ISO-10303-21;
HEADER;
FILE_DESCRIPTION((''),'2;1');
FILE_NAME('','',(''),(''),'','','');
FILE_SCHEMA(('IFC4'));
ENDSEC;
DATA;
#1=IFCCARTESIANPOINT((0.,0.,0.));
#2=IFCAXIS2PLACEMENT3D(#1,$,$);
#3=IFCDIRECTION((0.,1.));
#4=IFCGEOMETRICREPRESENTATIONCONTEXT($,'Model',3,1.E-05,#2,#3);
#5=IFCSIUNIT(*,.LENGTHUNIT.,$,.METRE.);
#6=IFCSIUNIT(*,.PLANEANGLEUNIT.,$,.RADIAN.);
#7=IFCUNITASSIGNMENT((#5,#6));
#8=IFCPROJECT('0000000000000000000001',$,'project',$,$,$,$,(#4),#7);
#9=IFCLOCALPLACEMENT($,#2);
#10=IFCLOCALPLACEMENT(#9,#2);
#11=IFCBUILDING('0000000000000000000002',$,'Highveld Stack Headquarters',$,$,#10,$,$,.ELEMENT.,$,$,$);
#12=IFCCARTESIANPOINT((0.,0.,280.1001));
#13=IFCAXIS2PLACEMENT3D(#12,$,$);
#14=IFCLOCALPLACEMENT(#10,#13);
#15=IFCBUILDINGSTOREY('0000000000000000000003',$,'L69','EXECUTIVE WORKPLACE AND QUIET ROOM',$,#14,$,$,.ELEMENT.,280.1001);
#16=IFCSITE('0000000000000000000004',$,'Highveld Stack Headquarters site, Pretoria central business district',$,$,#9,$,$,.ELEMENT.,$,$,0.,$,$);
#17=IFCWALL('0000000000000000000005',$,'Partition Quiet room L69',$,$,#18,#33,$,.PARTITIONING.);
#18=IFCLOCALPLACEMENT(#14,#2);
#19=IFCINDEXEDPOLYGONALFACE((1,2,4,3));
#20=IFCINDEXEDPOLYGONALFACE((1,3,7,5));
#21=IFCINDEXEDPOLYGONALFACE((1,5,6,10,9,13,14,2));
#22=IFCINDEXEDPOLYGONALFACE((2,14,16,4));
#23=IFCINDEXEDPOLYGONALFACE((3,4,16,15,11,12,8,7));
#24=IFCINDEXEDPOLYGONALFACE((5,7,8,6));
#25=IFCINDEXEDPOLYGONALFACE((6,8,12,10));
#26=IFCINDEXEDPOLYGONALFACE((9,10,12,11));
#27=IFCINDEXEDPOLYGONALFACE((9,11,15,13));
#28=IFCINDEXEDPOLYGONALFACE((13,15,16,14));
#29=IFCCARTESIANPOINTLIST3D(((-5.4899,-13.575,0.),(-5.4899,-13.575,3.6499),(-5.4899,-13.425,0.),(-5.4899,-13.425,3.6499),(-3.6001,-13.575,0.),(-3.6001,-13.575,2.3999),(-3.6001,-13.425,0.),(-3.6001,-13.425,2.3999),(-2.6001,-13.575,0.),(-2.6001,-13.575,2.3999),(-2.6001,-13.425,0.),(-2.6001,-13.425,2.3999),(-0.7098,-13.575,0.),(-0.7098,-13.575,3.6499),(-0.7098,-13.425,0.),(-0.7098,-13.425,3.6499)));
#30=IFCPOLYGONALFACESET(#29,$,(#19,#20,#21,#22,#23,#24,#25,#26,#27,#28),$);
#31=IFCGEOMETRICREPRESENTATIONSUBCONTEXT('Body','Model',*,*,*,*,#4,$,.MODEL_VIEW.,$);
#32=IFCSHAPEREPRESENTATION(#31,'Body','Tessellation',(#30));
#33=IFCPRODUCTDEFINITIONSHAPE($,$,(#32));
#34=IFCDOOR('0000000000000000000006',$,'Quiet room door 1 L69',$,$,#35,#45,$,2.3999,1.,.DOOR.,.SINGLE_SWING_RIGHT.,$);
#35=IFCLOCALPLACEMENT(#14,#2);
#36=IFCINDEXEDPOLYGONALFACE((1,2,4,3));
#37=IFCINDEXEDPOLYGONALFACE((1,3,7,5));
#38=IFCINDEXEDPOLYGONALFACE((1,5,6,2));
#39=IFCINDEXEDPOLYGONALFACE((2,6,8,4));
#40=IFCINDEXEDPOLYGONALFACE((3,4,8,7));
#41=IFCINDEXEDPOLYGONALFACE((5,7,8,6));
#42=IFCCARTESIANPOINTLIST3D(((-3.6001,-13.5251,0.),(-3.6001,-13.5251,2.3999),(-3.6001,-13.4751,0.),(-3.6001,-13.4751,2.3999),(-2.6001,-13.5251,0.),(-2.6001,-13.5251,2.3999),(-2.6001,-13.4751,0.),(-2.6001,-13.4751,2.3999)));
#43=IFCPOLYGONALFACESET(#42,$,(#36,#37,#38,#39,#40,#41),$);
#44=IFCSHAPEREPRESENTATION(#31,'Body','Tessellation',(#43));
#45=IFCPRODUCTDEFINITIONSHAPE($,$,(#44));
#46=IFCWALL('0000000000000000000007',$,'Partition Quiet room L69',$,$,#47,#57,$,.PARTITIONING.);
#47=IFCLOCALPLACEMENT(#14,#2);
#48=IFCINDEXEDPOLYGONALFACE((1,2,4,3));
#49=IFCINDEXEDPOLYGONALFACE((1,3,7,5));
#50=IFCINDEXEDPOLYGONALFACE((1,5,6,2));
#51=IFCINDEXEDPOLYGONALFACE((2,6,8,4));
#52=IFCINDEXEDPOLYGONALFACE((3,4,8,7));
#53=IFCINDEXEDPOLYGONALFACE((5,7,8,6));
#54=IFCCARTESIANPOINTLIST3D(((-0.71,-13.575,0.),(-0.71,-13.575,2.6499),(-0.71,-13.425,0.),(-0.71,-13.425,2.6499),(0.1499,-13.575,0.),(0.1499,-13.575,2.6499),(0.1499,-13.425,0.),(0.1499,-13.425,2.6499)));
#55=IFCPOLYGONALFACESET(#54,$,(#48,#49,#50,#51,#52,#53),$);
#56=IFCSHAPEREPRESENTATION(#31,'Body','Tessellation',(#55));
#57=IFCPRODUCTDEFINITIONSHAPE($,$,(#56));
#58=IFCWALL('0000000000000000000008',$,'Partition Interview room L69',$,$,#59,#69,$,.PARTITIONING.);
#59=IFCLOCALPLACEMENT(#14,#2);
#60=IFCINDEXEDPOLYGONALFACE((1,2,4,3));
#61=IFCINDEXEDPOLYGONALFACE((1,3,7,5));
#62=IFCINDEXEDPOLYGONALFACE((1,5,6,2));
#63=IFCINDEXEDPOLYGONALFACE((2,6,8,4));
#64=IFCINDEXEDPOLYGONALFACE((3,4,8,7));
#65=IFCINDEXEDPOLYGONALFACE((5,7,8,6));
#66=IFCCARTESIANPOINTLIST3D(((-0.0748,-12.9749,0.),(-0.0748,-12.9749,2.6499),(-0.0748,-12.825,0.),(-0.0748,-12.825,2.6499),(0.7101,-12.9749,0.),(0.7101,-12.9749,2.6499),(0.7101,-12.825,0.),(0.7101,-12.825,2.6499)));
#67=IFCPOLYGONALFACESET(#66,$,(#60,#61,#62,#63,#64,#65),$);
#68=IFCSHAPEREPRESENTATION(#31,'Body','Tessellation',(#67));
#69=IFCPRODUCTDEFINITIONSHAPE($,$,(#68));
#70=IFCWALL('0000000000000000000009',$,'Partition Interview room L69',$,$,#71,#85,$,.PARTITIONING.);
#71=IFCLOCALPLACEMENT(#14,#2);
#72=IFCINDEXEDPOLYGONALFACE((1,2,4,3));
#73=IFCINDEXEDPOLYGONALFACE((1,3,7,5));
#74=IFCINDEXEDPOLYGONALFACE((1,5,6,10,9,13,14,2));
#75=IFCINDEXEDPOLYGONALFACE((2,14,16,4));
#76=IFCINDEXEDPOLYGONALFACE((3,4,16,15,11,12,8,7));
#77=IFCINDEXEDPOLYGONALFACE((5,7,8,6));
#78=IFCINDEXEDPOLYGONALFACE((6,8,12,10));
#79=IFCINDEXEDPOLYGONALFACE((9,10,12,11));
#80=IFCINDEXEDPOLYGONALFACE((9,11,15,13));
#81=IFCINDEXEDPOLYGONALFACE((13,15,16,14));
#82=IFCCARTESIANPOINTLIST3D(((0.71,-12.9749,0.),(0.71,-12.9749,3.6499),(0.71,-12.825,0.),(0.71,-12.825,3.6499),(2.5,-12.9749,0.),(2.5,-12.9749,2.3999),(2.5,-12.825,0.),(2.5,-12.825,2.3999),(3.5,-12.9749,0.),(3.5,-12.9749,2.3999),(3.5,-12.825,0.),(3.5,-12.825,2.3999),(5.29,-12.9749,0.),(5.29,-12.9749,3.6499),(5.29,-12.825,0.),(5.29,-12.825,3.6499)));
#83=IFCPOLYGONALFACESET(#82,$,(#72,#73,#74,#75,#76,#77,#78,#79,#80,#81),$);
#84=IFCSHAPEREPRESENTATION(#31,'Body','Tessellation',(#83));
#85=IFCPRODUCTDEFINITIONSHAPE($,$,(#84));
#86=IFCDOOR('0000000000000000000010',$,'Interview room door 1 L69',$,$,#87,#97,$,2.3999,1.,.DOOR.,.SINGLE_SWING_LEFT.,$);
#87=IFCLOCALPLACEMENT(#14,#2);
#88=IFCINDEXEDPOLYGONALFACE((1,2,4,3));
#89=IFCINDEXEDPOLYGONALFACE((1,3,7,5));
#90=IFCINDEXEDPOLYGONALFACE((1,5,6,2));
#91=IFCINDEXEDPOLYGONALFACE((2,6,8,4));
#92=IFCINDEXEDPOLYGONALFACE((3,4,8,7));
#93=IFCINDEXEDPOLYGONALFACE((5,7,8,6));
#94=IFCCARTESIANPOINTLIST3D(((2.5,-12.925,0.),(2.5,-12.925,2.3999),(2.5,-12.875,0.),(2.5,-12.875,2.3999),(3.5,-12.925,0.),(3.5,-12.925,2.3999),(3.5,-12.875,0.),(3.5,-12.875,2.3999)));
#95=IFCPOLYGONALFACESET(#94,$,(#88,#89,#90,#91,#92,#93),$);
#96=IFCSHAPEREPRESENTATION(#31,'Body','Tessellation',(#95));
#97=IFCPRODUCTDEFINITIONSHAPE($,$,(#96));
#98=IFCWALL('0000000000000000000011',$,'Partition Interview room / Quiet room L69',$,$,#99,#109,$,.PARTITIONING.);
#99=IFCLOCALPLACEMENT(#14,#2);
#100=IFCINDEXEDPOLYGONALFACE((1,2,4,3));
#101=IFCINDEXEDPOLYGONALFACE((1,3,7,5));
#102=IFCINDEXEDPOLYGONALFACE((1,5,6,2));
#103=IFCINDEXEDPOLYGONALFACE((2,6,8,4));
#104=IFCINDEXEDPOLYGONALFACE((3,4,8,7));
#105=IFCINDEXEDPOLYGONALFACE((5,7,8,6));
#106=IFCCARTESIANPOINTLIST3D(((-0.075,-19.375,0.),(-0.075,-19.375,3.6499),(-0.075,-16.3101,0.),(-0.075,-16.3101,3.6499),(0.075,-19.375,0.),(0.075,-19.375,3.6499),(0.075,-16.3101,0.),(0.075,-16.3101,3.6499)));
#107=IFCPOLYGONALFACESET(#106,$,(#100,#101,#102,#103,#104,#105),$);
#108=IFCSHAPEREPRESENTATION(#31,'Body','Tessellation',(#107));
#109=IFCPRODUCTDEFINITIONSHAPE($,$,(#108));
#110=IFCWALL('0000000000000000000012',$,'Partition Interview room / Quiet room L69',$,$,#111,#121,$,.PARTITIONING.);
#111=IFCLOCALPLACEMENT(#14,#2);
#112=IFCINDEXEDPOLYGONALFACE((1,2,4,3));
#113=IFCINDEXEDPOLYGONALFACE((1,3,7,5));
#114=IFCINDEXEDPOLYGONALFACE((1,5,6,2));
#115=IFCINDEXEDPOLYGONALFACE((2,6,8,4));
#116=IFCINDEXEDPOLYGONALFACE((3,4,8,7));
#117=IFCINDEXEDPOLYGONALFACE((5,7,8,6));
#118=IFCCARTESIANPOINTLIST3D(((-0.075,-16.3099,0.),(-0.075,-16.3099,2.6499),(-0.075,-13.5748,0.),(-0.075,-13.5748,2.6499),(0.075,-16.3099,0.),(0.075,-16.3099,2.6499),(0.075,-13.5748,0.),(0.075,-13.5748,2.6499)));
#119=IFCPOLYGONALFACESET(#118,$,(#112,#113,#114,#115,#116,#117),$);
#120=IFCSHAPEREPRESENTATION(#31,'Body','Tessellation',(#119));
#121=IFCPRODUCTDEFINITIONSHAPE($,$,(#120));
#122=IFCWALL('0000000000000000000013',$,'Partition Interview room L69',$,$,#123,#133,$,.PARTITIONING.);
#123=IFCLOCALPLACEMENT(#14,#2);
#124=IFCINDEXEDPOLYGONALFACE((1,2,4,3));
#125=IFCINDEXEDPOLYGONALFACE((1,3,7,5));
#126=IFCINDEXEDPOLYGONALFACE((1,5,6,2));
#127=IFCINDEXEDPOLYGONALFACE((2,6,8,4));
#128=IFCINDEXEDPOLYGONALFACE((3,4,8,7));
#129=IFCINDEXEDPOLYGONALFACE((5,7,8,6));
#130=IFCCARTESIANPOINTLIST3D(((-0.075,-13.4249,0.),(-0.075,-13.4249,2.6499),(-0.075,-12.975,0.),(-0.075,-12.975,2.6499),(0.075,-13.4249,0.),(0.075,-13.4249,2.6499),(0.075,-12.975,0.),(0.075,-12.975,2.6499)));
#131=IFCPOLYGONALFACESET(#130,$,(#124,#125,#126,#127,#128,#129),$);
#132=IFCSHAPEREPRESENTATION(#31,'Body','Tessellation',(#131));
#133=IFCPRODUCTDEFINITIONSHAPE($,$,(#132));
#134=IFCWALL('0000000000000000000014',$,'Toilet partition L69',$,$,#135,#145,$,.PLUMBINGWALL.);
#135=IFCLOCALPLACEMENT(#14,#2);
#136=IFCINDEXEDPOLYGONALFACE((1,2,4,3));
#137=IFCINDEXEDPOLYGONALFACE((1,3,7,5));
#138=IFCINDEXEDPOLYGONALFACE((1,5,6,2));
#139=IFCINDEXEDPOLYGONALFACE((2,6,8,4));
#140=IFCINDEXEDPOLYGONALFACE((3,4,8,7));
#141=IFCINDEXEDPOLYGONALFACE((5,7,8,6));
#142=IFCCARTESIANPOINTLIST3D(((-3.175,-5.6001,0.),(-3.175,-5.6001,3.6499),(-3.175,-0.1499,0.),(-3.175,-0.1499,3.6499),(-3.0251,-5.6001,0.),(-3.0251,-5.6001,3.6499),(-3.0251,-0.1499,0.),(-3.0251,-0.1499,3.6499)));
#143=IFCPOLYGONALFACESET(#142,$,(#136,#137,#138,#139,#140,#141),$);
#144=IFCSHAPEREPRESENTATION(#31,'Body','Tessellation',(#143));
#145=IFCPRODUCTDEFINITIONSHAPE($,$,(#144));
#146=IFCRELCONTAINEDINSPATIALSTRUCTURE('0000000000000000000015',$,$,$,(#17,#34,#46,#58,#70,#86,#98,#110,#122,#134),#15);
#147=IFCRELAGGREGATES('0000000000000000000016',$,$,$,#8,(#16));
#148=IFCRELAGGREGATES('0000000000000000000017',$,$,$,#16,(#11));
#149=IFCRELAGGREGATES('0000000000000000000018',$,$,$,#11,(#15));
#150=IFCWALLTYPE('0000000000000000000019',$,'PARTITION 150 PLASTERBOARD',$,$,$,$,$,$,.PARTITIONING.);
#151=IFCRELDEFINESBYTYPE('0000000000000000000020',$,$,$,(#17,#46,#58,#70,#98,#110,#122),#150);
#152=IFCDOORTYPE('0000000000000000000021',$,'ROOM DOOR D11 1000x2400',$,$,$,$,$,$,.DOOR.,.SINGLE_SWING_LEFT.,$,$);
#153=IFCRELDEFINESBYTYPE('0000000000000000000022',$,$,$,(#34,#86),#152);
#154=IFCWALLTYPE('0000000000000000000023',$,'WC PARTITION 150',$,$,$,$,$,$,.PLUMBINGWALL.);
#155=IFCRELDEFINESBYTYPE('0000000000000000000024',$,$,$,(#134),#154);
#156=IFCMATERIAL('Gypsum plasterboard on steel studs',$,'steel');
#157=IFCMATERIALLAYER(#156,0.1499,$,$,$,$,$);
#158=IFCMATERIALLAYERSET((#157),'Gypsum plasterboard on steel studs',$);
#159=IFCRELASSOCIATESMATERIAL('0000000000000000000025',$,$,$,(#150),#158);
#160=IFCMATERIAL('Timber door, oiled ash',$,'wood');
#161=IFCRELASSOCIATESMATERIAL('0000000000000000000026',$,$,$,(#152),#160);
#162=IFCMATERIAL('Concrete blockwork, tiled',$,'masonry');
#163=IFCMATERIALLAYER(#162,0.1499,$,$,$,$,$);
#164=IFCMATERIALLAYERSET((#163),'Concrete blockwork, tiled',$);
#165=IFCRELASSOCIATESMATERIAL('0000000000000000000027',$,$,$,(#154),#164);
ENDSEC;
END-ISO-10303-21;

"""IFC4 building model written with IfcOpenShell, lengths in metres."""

from ifc_helpers import new_model, si_unit, direction, frame, frame_2d, origin, place, context, subcontext, project, spatial, rectangle, extrude, material, layer, layer_set, type_object, element, fill, save


model = new_model("IFC4")

# Units and contexts
model_context = context("Model", 3, precision=1e-05, world=origin(), true_north=direction((0.0, 1.0)))
body_context = subcontext(model_context, "Body", "Model", "MODEL_VIEW")
ifc_project = project(units=[si_unit("LENGTHUNIT", "METRE"), si_unit("PLANEANGLEUNIT", "RADIAN")], contexts=[model_context])

# Site, building, storey
site_placement = place(None, origin())
site = spatial("IfcSite", under=ifc_project, at=site_placement, Name="Highveld Stack Headquarters site, Pretoria central business district", CompositionType="ELEMENT", RefElevation=0.0)
building_placement = place(site_placement, origin())
building = spatial("IfcBuilding", under=site, at=building_placement, Name="Highveld Stack Headquarters", CompositionType="ELEMENT")
storey_placement = place(building_placement, frame((0.0, 0.0, 280.1001)))
storey = spatial("IfcBuildingStorey", under=building, at=storey_placement, Name="L69", Description="EXECUTIVE WORKPLACE AND QUIET ROOM", CompositionType="ELEMENT", Elevation=280.1001)

# Wall, opening, door
ifc_material_1 = material(Name="Gypsum plasterboard on steel studs", Category="steel")
ifc_layer_1 = layer(ifc_material_1, 0.1499)
ifc_layer_set_1 = layer_set([ifc_layer_1], Name="Gypsum plasterboard on steel studs")
wall_type_1 = type_object("IfcWallType", Name="PARTITION 150 PLASTERBOARD", PredefinedType="PARTITIONING", material=ifc_layer_set_1)
wall_1_placement = place(storey_placement, frame((-5.49, -13.5, 0.0), z_axis=(0.0, 0.0, 1.0), x_axis=(1.0, 0.0, 0.0)))
wall_1 = element("IfcWall", 1, at=wall_1_placement, inside=storey, type_object=wall_type_1, Name="Partition Quiet room L69", PredefinedType="PARTITIONING", context=body_context, shape_type="SweptSolid", body=[
    extrude(rectangle(XDim=4.78, YDim=0.1499, at=frame_2d((2.3901, 0.0))), origin(), (0.0, 0.0, 1.0), 3.6499),
])
opening_1_placement = place(wall_1_placement, frame((1.8899, 0.0, 0.0)))
opening_1 = element("IfcOpeningElement", 2, at=opening_1_placement, cuts=wall_1, PredefinedType="OPENING", context=body_context, shape_type="SweptSolid", body=[
    extrude(rectangle(XDim=1.0, YDim=2.3999, at=frame_2d((0.5, 1.2))), frame((0.0, 0.085, 0.0), z_axis=(0.0, -1.0, 0.0), x_axis=(1.0, 0.0, 0.0)), (0.0, 0.0, 1.0), 0.1699),
])
ifc_material_2 = material(Name="Timber door, oiled ash", Category="wood")
door_type = type_object("IfcDoorType", Name="ROOM DOOR D11 1000x2400", OperationType="SINGLE_SWING_LEFT", PredefinedType="DOOR", material=ifc_material_2)
door_1_placement = place(opening_1_placement, origin())
door_1 = element("IfcDoor", 3, at=door_1_placement, inside=storey, type_object=door_type, Name="Quiet room door 1 L69", OperationType="SINGLE_SWING_RIGHT", OverallHeight=2.3999, OverallWidth=1.0, PredefinedType="DOOR", context=body_context, shape_type="SweptSolid", body=[
    extrude(rectangle(XDim=1.0, YDim=2.3999, at=frame_2d((0.5, 1.2))), frame((0.0, 0.0249, 0.0), z_axis=(0.0, -1.0, 0.0), x_axis=(1.0, 0.0, 0.0)), (0.0, 0.0, 1.0), 0.05),
])
fill(opening_1, door_1)

# Walls
wall_2_placement = place(storey_placement, frame((-0.71, -13.5, 0.0), z_axis=(0.0, 0.0, 1.0), x_axis=(1.0, 0.0, 0.0)))
element("IfcWall", 4, at=wall_2_placement, inside=storey, type_object=wall_type_1, Name="Partition Quiet room L69", PredefinedType="PARTITIONING", context=body_context, shape_type="SweptSolid", body=[
    extrude(rectangle(XDim=0.8599, YDim=0.1499, at=frame_2d((0.4299, 0.0))), origin(), (0.0, 0.0, 1.0), 2.6499),
])
wall_3_placement = place(storey_placement, frame((-0.075, -12.8999, 0.0), z_axis=(0.0, 0.0, 1.0), x_axis=(1.0, 0.0, 0.0)))
element("IfcWall", 5, at=wall_3_placement, inside=storey, type_object=wall_type_1, Name="Partition Interview room L69", PredefinedType="PARTITIONING", context=body_context, shape_type="SweptSolid", body=[
    extrude(rectangle(XDim=0.7849, YDim=0.1499, at=frame_2d((0.3926, 0.0))), origin(), (0.0, 0.0, 1.0), 2.6499),
])

# Wall, opening, door
wall_4_placement = place(storey_placement, frame((0.71, -12.8999, 0.0), z_axis=(0.0, 0.0, 1.0), x_axis=(1.0, 0.0, 0.0)))
wall_4 = element("IfcWall", 6, at=wall_4_placement, inside=storey, type_object=wall_type_1, Name="Partition Interview room L69", PredefinedType="PARTITIONING", context=body_context, shape_type="SweptSolid", body=[
    extrude(rectangle(XDim=4.5801, YDim=0.1499, at=frame_2d((2.29, 0.0))), origin(), (0.0, 0.0, 1.0), 3.6499),
])
opening_2_placement = place(wall_4_placement, frame((1.79, 0.0, 0.0)))
opening_2 = element("IfcOpeningElement", 7, at=opening_2_placement, cuts=wall_4, PredefinedType="OPENING", context=body_context, shape_type="SweptSolid", body=[
    extrude(rectangle(XDim=1.0, YDim=2.3999, at=frame_2d((0.5, 1.2))), frame((0.0, 0.085, 0.0), z_axis=(0.0, -1.0, 0.0), x_axis=(1.0, 0.0, 0.0)), (0.0, 0.0, 1.0), 0.1699),
])
door_2_placement = place(opening_2_placement, origin())
door_2 = element("IfcDoor", 8, at=door_2_placement, inside=storey, type_object=door_type, Name="Interview room door 1 L69", OperationType="SINGLE_SWING_LEFT", OverallHeight=2.3999, OverallWidth=1.0, PredefinedType="DOOR", context=body_context, shape_type="SweptSolid", body=[
    extrude(rectangle(XDim=1.0, YDim=2.3999, at=frame_2d((0.5, 1.2))), frame((0.0, 0.0249, 0.0), z_axis=(0.0, -1.0, 0.0), x_axis=(1.0, 0.0, 0.0)), (0.0, 0.0, 1.0), 0.05),
])
fill(opening_2, door_2)

# Walls
wall_5_placement = place(storey_placement, frame((0.0, -19.375, 0.0), z_axis=(0.0, 0.0, 1.0), x_axis=(0.0, 1.0, 0.0)))
element("IfcWall", 9, at=wall_5_placement, inside=storey, type_object=wall_type_1, Name="Partition Interview room / Quiet room L69", PredefinedType="PARTITIONING", context=body_context, shape_type="SweptSolid", body=[
    extrude(rectangle(XDim=3.0649, YDim=0.1499, at=frame_2d((1.5325, 0.0))), origin(), (0.0, 0.0, 1.0), 3.6499),
])
wall_6_placement = place(storey_placement, frame((0.0, -16.3101, 0.0), z_axis=(0.0, 0.0, 1.0), x_axis=(0.0, 1.0, 0.0)))
element("IfcWall", 10, at=wall_6_placement, inside=storey, type_object=wall_type_1, Name="Partition Interview room / Quiet room L69", PredefinedType="PARTITIONING", context=body_context, shape_type="SweptSolid", body=[
    extrude(rectangle(XDim=2.7351, YDim=0.1499, at=frame_2d((1.3677, 0.0))), origin(), (0.0, 0.0, 1.0), 2.6499),
])
wall_7_placement = place(storey_placement, frame((0.0, -13.425, 0.0), z_axis=(0.0, 0.0, 1.0), x_axis=(0.0, 1.0, 0.0)))
element("IfcWall", 11, at=wall_7_placement, inside=storey, type_object=wall_type_1, Name="Partition Interview room L69", PredefinedType="PARTITIONING", context=body_context, shape_type="SweptSolid", body=[
    extrude(rectangle(XDim=0.45, YDim=0.1499, at=frame_2d((0.2251, 0.0))), origin(), (0.0, 0.0, 1.0), 2.6499),
])
ifc_material_3 = material(Name="Concrete blockwork, tiled", Category="masonry")
ifc_layer_2 = layer(ifc_material_3, 0.1499)
ifc_layer_set_2 = layer_set([ifc_layer_2], Name="Concrete blockwork, tiled")
wall_type_2 = type_object("IfcWallType", Name="WC PARTITION 150", PredefinedType="PLUMBINGWALL", material=ifc_layer_set_2)
wall_8_placement = place(storey_placement, frame((-3.1001, -5.6001, 0.0), z_axis=(0.0, 0.0, 1.0), x_axis=(0.0, 1.0, 0.0)))
element("IfcWall", 12, at=wall_8_placement, inside=storey, type_object=wall_type_2, Name="Toilet partition L69", PredefinedType="PLUMBINGWALL", context=body_context, shape_type="SweptSolid", body=[
    extrude(rectangle(XDim=5.4502, YDim=0.1499, at=frame_2d((2.7251, 0.0))), origin(), (0.0, 0.0, 1.0), 3.6499),
])

save(model, "model.ifc")
